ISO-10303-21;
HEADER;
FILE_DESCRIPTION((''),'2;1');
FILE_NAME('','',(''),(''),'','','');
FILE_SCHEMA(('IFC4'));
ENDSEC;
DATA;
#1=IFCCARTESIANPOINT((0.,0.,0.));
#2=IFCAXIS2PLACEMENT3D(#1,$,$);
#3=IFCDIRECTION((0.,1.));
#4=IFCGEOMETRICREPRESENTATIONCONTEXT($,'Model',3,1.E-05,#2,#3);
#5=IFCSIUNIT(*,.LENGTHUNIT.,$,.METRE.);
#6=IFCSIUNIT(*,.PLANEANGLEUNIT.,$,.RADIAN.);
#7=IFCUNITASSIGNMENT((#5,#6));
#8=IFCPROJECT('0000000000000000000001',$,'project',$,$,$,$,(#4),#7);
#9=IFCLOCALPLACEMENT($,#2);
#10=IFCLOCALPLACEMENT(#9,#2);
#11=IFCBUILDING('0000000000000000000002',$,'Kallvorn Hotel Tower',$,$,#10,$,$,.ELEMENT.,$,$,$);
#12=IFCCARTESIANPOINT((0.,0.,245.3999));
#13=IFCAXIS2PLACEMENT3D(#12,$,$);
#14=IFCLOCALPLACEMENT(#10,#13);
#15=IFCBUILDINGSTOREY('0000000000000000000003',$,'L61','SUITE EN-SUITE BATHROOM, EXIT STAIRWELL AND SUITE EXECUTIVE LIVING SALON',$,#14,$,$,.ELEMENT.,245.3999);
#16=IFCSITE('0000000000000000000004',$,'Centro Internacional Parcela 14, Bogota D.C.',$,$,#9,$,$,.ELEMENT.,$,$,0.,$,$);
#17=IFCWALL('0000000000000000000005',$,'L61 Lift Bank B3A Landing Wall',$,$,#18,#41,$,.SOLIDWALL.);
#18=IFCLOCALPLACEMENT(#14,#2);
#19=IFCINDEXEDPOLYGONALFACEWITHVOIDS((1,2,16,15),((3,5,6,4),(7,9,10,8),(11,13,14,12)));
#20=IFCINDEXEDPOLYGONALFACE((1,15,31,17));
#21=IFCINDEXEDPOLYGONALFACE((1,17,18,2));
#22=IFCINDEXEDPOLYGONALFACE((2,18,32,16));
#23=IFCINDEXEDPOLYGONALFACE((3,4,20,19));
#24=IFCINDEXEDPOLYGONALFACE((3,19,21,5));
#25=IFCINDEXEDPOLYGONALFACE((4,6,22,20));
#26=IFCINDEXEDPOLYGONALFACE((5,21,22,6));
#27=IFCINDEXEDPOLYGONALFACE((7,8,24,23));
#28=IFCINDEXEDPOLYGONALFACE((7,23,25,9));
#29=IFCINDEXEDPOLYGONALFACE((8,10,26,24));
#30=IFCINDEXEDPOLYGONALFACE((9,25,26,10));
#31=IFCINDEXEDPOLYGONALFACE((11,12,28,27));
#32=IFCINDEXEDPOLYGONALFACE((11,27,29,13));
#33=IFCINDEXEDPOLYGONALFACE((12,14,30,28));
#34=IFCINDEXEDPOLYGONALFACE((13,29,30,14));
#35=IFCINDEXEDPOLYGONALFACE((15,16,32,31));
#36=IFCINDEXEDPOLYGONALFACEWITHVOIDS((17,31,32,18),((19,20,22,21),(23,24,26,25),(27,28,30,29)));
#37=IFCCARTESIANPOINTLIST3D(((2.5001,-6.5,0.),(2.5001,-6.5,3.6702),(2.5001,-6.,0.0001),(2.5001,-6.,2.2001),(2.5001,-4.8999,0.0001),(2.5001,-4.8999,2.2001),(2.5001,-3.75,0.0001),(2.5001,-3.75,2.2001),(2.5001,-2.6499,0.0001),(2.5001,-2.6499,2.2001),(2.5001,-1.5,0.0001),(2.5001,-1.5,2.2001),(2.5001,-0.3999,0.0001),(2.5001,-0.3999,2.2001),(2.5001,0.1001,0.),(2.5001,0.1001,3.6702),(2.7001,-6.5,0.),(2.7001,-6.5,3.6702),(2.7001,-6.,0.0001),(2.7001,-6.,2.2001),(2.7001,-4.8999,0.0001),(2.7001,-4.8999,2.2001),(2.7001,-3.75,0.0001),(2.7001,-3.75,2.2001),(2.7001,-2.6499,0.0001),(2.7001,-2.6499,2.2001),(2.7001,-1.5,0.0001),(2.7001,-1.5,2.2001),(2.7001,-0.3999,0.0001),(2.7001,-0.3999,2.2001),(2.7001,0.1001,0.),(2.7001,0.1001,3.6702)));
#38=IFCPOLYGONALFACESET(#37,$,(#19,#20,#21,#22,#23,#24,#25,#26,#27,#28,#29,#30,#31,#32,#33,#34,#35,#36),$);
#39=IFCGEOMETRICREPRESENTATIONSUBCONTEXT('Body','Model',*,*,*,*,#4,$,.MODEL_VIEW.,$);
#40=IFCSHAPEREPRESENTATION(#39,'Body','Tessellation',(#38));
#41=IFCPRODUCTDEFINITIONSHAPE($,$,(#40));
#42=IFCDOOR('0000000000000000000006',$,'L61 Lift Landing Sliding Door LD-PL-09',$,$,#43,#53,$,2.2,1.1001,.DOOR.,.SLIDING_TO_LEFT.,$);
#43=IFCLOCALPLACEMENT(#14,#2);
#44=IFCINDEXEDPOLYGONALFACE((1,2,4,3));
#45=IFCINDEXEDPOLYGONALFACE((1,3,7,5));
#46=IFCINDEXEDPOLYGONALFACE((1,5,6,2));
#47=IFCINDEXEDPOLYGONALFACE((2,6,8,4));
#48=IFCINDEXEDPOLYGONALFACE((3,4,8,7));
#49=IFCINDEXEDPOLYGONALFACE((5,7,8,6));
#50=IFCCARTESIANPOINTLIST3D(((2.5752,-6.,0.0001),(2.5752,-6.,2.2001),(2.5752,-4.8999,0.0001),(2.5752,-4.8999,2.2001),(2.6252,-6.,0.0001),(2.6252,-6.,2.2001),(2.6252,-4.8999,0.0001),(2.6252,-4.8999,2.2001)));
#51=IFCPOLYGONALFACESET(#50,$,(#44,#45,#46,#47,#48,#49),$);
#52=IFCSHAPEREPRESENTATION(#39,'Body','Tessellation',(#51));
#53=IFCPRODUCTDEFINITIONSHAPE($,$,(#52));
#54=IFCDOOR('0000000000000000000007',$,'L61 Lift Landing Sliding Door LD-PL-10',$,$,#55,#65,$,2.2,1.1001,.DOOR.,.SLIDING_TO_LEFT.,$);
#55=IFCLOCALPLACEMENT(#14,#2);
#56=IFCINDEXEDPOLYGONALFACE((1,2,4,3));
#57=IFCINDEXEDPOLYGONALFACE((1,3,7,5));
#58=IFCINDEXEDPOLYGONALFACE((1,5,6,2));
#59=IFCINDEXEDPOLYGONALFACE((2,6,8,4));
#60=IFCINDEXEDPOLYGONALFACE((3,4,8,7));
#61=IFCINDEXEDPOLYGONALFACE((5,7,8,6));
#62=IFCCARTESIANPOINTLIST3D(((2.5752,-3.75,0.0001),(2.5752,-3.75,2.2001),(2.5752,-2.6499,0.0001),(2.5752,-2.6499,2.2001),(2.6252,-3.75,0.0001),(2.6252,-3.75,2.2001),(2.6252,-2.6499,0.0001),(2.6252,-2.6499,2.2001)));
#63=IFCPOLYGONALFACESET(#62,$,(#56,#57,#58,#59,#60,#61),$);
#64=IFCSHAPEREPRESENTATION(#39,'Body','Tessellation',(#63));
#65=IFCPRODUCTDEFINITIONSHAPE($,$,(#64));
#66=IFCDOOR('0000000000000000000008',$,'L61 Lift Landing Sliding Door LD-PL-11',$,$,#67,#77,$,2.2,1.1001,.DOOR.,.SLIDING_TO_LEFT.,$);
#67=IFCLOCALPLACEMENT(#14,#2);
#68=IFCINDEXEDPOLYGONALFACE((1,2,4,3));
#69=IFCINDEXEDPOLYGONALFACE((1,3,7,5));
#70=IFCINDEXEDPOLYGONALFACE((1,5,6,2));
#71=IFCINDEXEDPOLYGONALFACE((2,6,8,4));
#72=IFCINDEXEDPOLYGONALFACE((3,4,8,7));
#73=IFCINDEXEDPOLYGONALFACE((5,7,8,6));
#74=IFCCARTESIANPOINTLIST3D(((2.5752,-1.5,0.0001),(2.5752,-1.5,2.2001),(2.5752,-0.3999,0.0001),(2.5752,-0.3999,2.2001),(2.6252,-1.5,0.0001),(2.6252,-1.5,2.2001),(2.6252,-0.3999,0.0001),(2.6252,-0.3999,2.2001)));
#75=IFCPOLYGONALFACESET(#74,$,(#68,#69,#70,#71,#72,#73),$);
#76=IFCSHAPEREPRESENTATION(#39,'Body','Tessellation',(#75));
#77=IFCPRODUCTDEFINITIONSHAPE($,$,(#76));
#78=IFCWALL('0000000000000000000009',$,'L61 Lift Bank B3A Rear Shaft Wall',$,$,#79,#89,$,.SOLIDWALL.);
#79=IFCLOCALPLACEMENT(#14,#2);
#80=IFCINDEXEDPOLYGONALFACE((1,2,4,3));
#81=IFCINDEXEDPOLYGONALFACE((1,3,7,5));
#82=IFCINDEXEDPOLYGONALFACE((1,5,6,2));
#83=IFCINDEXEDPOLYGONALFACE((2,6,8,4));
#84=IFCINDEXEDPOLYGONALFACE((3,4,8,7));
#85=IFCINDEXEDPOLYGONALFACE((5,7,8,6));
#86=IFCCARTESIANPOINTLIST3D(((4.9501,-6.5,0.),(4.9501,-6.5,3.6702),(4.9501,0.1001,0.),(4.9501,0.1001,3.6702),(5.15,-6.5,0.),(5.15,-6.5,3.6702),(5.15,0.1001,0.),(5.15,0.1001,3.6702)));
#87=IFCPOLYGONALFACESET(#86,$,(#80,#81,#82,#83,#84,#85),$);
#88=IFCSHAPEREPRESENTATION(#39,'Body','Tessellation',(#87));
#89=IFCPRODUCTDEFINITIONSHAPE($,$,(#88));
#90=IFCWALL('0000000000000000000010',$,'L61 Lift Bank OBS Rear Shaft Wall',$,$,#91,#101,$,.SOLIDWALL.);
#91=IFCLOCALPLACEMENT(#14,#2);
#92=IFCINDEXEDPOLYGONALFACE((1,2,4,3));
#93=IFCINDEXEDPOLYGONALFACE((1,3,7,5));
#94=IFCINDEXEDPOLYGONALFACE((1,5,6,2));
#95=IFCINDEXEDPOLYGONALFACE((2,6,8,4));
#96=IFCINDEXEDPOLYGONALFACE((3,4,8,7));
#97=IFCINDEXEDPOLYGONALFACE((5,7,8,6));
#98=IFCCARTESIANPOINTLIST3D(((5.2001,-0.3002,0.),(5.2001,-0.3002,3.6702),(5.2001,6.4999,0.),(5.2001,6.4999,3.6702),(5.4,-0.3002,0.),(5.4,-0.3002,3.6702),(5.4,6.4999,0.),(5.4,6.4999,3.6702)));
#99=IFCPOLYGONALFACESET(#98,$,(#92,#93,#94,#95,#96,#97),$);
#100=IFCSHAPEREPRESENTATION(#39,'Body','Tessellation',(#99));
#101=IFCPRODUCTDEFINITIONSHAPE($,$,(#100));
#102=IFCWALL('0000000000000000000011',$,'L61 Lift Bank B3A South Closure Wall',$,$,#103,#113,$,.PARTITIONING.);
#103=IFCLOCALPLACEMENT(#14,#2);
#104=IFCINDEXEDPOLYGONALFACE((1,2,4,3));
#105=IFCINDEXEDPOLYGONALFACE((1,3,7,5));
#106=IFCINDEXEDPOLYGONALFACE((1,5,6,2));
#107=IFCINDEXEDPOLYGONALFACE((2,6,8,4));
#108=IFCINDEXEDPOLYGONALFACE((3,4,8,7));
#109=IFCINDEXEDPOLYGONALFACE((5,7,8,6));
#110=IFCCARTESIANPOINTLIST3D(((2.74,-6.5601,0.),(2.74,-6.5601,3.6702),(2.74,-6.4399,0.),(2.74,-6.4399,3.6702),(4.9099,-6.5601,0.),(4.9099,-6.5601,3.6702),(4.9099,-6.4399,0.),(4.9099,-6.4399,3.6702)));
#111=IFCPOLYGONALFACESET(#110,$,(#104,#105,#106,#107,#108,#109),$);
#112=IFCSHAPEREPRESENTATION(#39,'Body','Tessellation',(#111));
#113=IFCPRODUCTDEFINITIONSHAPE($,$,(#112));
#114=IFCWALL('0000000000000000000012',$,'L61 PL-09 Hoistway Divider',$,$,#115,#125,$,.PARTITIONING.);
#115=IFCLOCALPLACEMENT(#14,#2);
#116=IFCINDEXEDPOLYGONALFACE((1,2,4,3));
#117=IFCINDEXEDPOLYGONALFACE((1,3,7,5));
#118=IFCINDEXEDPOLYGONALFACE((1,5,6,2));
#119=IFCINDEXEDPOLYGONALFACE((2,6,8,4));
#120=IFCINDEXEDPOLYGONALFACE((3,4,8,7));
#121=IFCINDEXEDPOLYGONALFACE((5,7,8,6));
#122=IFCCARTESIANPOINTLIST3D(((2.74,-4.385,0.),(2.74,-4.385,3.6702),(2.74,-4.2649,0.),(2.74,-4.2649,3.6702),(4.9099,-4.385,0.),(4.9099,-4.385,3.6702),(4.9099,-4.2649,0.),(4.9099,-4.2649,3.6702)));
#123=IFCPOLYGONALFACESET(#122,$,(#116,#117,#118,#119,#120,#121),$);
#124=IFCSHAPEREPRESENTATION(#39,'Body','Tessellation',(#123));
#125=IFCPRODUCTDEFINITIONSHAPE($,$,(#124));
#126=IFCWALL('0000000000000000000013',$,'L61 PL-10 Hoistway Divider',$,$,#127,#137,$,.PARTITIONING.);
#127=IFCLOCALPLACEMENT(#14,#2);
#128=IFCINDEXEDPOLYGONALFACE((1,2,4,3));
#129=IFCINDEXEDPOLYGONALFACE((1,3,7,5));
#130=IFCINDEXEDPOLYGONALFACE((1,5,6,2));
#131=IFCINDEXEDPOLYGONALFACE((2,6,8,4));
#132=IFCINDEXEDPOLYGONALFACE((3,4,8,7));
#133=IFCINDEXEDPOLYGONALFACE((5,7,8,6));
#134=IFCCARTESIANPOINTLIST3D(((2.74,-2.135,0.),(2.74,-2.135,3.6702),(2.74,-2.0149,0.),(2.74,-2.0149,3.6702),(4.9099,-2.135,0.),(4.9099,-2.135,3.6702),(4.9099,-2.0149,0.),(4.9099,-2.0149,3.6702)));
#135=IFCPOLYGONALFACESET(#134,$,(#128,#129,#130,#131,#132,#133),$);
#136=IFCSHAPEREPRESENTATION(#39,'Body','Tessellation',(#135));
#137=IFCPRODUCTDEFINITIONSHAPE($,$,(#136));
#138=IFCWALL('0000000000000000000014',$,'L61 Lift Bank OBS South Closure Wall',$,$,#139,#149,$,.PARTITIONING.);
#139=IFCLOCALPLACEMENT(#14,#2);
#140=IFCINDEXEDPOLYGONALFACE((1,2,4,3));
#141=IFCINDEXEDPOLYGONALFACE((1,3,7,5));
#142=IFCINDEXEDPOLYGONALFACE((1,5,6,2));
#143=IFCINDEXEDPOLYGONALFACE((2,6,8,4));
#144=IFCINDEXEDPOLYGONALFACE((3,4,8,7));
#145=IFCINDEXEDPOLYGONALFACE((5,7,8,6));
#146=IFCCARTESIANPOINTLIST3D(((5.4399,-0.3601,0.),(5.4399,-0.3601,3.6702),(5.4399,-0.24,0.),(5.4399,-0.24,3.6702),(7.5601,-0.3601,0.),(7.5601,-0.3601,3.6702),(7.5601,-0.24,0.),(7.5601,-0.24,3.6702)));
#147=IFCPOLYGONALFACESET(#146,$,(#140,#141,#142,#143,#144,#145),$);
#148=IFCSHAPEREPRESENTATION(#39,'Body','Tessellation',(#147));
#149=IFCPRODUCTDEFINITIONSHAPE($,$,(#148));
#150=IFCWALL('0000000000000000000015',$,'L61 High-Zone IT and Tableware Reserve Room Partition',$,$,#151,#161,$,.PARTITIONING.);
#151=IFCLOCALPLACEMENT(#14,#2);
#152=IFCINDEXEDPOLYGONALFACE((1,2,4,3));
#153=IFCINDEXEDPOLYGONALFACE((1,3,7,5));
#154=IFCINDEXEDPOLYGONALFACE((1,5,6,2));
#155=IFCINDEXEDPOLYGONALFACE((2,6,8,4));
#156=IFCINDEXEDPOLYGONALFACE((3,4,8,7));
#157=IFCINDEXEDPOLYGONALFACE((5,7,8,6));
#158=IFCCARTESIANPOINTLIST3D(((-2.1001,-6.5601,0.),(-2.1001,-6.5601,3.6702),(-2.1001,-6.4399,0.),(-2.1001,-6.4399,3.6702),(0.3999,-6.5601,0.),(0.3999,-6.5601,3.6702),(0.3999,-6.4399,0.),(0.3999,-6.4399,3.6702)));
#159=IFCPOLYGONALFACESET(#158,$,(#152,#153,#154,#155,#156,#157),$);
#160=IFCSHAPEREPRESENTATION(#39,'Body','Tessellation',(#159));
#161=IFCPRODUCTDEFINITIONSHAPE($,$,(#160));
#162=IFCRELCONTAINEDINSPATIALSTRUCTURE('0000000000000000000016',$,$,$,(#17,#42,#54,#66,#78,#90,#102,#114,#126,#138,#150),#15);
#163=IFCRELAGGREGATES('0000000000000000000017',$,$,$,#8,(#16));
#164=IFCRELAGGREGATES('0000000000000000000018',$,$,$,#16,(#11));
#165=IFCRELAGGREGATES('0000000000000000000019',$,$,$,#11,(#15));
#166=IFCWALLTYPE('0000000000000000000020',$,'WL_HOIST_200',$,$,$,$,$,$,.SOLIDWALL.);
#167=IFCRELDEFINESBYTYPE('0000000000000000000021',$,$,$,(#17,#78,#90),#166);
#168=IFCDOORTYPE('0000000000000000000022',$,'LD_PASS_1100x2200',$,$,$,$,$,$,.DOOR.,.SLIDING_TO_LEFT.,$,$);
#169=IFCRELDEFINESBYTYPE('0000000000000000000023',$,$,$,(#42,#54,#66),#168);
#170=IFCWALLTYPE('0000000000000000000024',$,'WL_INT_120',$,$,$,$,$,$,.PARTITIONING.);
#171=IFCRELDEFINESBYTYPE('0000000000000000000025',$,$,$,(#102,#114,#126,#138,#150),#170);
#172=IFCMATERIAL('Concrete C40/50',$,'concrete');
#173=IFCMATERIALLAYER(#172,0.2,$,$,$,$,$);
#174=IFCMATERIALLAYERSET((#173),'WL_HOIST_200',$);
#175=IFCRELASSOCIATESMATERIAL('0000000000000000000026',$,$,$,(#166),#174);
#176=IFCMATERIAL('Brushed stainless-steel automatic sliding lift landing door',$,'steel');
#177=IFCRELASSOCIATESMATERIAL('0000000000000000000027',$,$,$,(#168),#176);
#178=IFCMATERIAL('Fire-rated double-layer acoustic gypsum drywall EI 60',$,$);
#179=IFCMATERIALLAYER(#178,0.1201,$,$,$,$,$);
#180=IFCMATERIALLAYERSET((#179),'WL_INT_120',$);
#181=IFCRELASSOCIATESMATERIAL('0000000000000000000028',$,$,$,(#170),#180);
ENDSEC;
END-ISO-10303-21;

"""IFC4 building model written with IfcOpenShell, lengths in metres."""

from ifc_helpers import new_model, si_unit, direction, frame, frame_2d, origin, place, context, subcontext, project, spatial, rectangle, extrude, material, layer, layer_set, type_object, element, fill, save


model = new_model("IFC4")

# Units and contexts
model_context = context("Model", 3, precision=1e-05, world=origin(), true_north=direction((0.0, 1.0)))
body_context = subcontext(model_context, "Body", "Model", "MODEL_VIEW")
ifc_project = project(units=[si_unit("LENGTHUNIT", "METRE"), si_unit("PLANEANGLEUNIT", "RADIAN")], contexts=[model_context])

# Site, building, storey
site_placement = place(None, origin())
site = spatial("IfcSite", under=ifc_project, at=site_placement, Name="Centro Internacional Parcela 14, Bogota D.C.", CompositionType="ELEMENT", RefElevation=0.0)
building_placement = place(site_placement, origin())
building = spatial("IfcBuilding", under=site, at=building_placement, Name="Kallvorn Hotel Tower", CompositionType="ELEMENT")
storey_placement = place(building_placement, frame((0.0, 0.0, 245.3999)))
storey = spatial("IfcBuildingStorey", under=building, at=storey_placement, Name="L61", Description="SUITE EN-SUITE BATHROOM, EXIT STAIRWELL AND SUITE EXECUTIVE LIVING SALON", CompositionType="ELEMENT", Elevation=245.3999)

# Wall, openings, doors
ifc_material_1 = material(Name="Concrete C40/50", Category="concrete")
ifc_layer_1 = layer(ifc_material_1, 0.2)
ifc_layer_set_1 = layer_set([ifc_layer_1], Name="WL_HOIST_200")
wall_type_1 = type_object("IfcWallType", Name="WL_HOIST_200", PredefinedType="SOLIDWALL", material=ifc_layer_set_1)
wall_1_placement = place(storey_placement, frame((2.6001, -6.5, 0.0), z_axis=(0.0, 0.0, 1.0), x_axis=(0.0, 1.0, 0.0)))
wall_1 = element("IfcWall", 1, at=wall_1_placement, inside=storey, type_object=wall_type_1, Name="L61 Lift Bank B3A Landing Wall", PredefinedType="SOLIDWALL", context=body_context, shape_type="SweptSolid", body=[
    extrude(rectangle(XDim=6.6001, YDim=0.2, at=frame_2d((3.3, 0.0))), origin(), (0.0, 0.0, 1.0), 3.6702),
])
opening_1_placement = place(wall_1_placement, frame((0.5, 0.0, 0.0)))
opening_1 = element("IfcOpeningElement", 2, at=opening_1_placement, cuts=wall_1, PredefinedType="OPENING", context=body_context, shape_type="SweptSolid", body=[
    extrude(rectangle(XDim=1.1001, YDim=2.2, at=frame_2d((0.55, 1.1001))), frame((0.0, 0.115, 0.0), z_axis=(0.0, -1.0, 0.0), x_axis=(1.0, 0.0, 0.0)), (0.0, 0.0, 1.0), 0.23),
])
opening_2_placement = place(wall_1_placement, frame((2.75, 0.0, 0.0)))
opening_2 = element("IfcOpeningElement", 3, at=opening_2_placement, cuts=wall_1, PredefinedType="OPENING", context=body_context, shape_type="SweptSolid", body=[
    extrude(rectangle(XDim=1.1001, YDim=2.2, at=frame_2d((0.55, 1.1001))), frame((0.0, 0.115, 0.0), z_axis=(0.0, -1.0, 0.0), x_axis=(1.0, 0.0, 0.0)), (0.0, 0.0, 1.0), 0.23),
])
opening_3_placement = place(wall_1_placement, frame((5.0, 0.0, 0.0)))
opening_3 = element("IfcOpeningElement", 4, at=opening_3_placement, cuts=wall_1, PredefinedType="OPENING", context=body_context, shape_type="SweptSolid", body=[
    extrude(rectangle(XDim=1.1001, YDim=2.2, at=frame_2d((0.55, 1.1001))), frame((0.0, 0.115, 0.0), z_axis=(0.0, -1.0, 0.0), x_axis=(1.0, 0.0, 0.0)), (0.0, 0.0, 1.0), 0.23),
])
ifc_material_2 = material(Name="Brushed stainless-steel automatic sliding lift landing door", Category="steel")
door_type_1 = type_object("IfcDoorType", Name="LD_PASS_1100x2200", OperationType="SLIDING_TO_LEFT", PredefinedType="DOOR", material=ifc_material_2)
door_1_placement = place(opening_1_placement, origin())
door_1 = element("IfcDoor", 5, at=door_1_placement, inside=storey, type_object=door_type_1, Name="L61 Lift Landing Sliding Door LD-PL-09", OperationType="SLIDING_TO_LEFT", OverallHeight=2.2, OverallWidth=1.1001, PredefinedType="DOOR", context=body_context, shape_type="SweptSolid", body=[
    extrude(rectangle(XDim=1.1001, YDim=2.2, at=frame_2d((0.55, 1.1001))), frame((0.0, 0.0249, 0.0), z_axis=(0.0, -1.0, 0.0), x_axis=(1.0, 0.0, 0.0)), (0.0, 0.0, 1.0), 0.05),
])
fill(opening_1, door_1)
door_2_placement = place(opening_2_placement, origin())
door_2 = element("IfcDoor", 6, at=door_2_placement, inside=storey, type_object=door_type_1, Name="L61 Lift Landing Sliding Door LD-PL-10", OperationType="SLIDING_TO_LEFT", OverallHeight=2.2, OverallWidth=1.1001, PredefinedType="DOOR", context=body_context, shape_type="SweptSolid", body=[
    extrude(rectangle(XDim=1.1001, YDim=2.2, at=frame_2d((0.55, 1.1001))), frame((0.0, 0.0249, 0.0), z_axis=(0.0, -1.0, 0.0), x_axis=(1.0, 0.0, 0.0)), (0.0, 0.0, 1.0), 0.05),
])
fill(opening_2, door_2)
door_3_placement = place(opening_3_placement, origin())
door_3 = element("IfcDoor", 7, at=door_3_placement, inside=storey, type_object=door_type_1, Name="L61 Lift Landing Sliding Door LD-PL-11", OperationType="SLIDING_TO_LEFT", OverallHeight=2.2, OverallWidth=1.1001, PredefinedType="DOOR", context=body_context, shape_type="SweptSolid", body=[
    extrude(rectangle(XDim=1.1001, YDim=2.2, at=frame_2d((0.55, 1.1001))), frame((0.0, 0.0249, 0.0), z_axis=(0.0, -1.0, 0.0), x_axis=(1.0, 0.0, 0.0)), (0.0, 0.0, 1.0), 0.05),
])
fill(opening_3, door_3)

# Walls
wall_2_placement = place(storey_placement, frame((5.05, -6.5, 0.0), z_axis=(0.0, 0.0, 1.0), x_axis=(0.0, 1.0, 0.0)))
element("IfcWall", 8, at=wall_2_placement, inside=storey, type_object=wall_type_1, Name="L61 Lift Bank B3A Rear Shaft Wall", PredefinedType="SOLIDWALL", context=body_context, shape_type="SweptSolid", body=[
    extrude(rectangle(XDim=6.6001, YDim=0.2, at=frame_2d((3.3, 0.0))), origin(), (0.0, 0.0, 1.0), 3.6702),
])
wall_3_placement = place(storey_placement, frame((5.3, -0.3, 0.0), z_axis=(0.0, 0.0, 1.0), x_axis=(0.0, 1.0, 0.0)))
element("IfcWall", 9, at=wall_3_placement, inside=storey, type_object=wall_type_1, Name="L61 Lift Bank OBS Rear Shaft Wall", PredefinedType="SOLIDWALL", context=body_context, shape_type="SweptSolid", body=[
    extrude(rectangle(XDim=6.8, YDim=0.2, at=frame_2d((3.3999, 0.0))), origin(), (0.0, 0.0, 1.0), 3.6702),
])
ifc_material_3 = material(Name="Fire-rated double-layer acoustic gypsum drywall EI 60")
ifc_layer_2 = layer(ifc_material_3, 0.1201)
ifc_layer_set_2 = layer_set([ifc_layer_2], Name="WL_INT_120")
wall_type_2 = type_object("IfcWallType", Name="WL_INT_120", PredefinedType="PARTITIONING", material=ifc_layer_set_2)
for number, where, z_axis, x_axis, name in (
    (10, (2.74, -6.5, 0.0), (0.0, 0.0, 1.0), (1.0, 0.0, 0.0), "L61 Lift Bank B3A South Closure Wall"),
    (11, (2.74, -4.325, 0.0), (0.0, 0.0, 1.0), (1.0, 0.0, 0.0), "L61 PL-09 Hoistway Divider"),
    (12, (2.74, -2.075, 0.0), (0.0, 0.0, 1.0), (1.0, 0.0, 0.0), "L61 PL-10 Hoistway Divider"),
):
    element("IfcWall", number, at=place(storey_placement, frame(where, z_axis=z_axis, x_axis=x_axis)), inside=storey, type_object=wall_type_2, Name=name, PredefinedType="PARTITIONING", context=body_context, shape_type="SweptSolid", body=[
        extrude(rectangle(XDim=2.1699, YDim=0.1201, at=frame_2d((1.085, 0.0))), origin(), (0.0, 0.0, 1.0), 3.6702),
    ])
wall_4_placement = place(storey_placement, frame((5.4399, -0.3, 0.0), z_axis=(0.0, 0.0, 1.0), x_axis=(1.0, 0.0, 0.0)))
element("IfcWall", 13, at=wall_4_placement, inside=storey, type_object=wall_type_2, Name="L61 Lift Bank OBS South Closure Wall", PredefinedType="PARTITIONING", context=body_context, shape_type="SweptSolid", body=[
    extrude(rectangle(XDim=2.1201, YDim=0.1201, at=frame_2d((1.0601, 0.0))), origin(), (0.0, 0.0, 1.0), 3.6702),
])
wall_5_placement = place(storey_placement, frame((-2.1001, -6.5, 0.0), z_axis=(0.0, 0.0, 1.0), x_axis=(1.0, 0.0, 0.0)))
element("IfcWall", 14, at=wall_5_placement, inside=storey, type_object=wall_type_2, Name="L61 High-Zone IT and Tableware Reserve Room Partition", PredefinedType="PARTITIONING", context=body_context, shape_type="SweptSolid", body=[
    extrude(rectangle(XDim=2.5, YDim=0.1201, at=frame_2d((1.25, 0.0))), origin(), (0.0, 0.0, 1.0), 3.6702),
])

save(model, "model.ifc")
